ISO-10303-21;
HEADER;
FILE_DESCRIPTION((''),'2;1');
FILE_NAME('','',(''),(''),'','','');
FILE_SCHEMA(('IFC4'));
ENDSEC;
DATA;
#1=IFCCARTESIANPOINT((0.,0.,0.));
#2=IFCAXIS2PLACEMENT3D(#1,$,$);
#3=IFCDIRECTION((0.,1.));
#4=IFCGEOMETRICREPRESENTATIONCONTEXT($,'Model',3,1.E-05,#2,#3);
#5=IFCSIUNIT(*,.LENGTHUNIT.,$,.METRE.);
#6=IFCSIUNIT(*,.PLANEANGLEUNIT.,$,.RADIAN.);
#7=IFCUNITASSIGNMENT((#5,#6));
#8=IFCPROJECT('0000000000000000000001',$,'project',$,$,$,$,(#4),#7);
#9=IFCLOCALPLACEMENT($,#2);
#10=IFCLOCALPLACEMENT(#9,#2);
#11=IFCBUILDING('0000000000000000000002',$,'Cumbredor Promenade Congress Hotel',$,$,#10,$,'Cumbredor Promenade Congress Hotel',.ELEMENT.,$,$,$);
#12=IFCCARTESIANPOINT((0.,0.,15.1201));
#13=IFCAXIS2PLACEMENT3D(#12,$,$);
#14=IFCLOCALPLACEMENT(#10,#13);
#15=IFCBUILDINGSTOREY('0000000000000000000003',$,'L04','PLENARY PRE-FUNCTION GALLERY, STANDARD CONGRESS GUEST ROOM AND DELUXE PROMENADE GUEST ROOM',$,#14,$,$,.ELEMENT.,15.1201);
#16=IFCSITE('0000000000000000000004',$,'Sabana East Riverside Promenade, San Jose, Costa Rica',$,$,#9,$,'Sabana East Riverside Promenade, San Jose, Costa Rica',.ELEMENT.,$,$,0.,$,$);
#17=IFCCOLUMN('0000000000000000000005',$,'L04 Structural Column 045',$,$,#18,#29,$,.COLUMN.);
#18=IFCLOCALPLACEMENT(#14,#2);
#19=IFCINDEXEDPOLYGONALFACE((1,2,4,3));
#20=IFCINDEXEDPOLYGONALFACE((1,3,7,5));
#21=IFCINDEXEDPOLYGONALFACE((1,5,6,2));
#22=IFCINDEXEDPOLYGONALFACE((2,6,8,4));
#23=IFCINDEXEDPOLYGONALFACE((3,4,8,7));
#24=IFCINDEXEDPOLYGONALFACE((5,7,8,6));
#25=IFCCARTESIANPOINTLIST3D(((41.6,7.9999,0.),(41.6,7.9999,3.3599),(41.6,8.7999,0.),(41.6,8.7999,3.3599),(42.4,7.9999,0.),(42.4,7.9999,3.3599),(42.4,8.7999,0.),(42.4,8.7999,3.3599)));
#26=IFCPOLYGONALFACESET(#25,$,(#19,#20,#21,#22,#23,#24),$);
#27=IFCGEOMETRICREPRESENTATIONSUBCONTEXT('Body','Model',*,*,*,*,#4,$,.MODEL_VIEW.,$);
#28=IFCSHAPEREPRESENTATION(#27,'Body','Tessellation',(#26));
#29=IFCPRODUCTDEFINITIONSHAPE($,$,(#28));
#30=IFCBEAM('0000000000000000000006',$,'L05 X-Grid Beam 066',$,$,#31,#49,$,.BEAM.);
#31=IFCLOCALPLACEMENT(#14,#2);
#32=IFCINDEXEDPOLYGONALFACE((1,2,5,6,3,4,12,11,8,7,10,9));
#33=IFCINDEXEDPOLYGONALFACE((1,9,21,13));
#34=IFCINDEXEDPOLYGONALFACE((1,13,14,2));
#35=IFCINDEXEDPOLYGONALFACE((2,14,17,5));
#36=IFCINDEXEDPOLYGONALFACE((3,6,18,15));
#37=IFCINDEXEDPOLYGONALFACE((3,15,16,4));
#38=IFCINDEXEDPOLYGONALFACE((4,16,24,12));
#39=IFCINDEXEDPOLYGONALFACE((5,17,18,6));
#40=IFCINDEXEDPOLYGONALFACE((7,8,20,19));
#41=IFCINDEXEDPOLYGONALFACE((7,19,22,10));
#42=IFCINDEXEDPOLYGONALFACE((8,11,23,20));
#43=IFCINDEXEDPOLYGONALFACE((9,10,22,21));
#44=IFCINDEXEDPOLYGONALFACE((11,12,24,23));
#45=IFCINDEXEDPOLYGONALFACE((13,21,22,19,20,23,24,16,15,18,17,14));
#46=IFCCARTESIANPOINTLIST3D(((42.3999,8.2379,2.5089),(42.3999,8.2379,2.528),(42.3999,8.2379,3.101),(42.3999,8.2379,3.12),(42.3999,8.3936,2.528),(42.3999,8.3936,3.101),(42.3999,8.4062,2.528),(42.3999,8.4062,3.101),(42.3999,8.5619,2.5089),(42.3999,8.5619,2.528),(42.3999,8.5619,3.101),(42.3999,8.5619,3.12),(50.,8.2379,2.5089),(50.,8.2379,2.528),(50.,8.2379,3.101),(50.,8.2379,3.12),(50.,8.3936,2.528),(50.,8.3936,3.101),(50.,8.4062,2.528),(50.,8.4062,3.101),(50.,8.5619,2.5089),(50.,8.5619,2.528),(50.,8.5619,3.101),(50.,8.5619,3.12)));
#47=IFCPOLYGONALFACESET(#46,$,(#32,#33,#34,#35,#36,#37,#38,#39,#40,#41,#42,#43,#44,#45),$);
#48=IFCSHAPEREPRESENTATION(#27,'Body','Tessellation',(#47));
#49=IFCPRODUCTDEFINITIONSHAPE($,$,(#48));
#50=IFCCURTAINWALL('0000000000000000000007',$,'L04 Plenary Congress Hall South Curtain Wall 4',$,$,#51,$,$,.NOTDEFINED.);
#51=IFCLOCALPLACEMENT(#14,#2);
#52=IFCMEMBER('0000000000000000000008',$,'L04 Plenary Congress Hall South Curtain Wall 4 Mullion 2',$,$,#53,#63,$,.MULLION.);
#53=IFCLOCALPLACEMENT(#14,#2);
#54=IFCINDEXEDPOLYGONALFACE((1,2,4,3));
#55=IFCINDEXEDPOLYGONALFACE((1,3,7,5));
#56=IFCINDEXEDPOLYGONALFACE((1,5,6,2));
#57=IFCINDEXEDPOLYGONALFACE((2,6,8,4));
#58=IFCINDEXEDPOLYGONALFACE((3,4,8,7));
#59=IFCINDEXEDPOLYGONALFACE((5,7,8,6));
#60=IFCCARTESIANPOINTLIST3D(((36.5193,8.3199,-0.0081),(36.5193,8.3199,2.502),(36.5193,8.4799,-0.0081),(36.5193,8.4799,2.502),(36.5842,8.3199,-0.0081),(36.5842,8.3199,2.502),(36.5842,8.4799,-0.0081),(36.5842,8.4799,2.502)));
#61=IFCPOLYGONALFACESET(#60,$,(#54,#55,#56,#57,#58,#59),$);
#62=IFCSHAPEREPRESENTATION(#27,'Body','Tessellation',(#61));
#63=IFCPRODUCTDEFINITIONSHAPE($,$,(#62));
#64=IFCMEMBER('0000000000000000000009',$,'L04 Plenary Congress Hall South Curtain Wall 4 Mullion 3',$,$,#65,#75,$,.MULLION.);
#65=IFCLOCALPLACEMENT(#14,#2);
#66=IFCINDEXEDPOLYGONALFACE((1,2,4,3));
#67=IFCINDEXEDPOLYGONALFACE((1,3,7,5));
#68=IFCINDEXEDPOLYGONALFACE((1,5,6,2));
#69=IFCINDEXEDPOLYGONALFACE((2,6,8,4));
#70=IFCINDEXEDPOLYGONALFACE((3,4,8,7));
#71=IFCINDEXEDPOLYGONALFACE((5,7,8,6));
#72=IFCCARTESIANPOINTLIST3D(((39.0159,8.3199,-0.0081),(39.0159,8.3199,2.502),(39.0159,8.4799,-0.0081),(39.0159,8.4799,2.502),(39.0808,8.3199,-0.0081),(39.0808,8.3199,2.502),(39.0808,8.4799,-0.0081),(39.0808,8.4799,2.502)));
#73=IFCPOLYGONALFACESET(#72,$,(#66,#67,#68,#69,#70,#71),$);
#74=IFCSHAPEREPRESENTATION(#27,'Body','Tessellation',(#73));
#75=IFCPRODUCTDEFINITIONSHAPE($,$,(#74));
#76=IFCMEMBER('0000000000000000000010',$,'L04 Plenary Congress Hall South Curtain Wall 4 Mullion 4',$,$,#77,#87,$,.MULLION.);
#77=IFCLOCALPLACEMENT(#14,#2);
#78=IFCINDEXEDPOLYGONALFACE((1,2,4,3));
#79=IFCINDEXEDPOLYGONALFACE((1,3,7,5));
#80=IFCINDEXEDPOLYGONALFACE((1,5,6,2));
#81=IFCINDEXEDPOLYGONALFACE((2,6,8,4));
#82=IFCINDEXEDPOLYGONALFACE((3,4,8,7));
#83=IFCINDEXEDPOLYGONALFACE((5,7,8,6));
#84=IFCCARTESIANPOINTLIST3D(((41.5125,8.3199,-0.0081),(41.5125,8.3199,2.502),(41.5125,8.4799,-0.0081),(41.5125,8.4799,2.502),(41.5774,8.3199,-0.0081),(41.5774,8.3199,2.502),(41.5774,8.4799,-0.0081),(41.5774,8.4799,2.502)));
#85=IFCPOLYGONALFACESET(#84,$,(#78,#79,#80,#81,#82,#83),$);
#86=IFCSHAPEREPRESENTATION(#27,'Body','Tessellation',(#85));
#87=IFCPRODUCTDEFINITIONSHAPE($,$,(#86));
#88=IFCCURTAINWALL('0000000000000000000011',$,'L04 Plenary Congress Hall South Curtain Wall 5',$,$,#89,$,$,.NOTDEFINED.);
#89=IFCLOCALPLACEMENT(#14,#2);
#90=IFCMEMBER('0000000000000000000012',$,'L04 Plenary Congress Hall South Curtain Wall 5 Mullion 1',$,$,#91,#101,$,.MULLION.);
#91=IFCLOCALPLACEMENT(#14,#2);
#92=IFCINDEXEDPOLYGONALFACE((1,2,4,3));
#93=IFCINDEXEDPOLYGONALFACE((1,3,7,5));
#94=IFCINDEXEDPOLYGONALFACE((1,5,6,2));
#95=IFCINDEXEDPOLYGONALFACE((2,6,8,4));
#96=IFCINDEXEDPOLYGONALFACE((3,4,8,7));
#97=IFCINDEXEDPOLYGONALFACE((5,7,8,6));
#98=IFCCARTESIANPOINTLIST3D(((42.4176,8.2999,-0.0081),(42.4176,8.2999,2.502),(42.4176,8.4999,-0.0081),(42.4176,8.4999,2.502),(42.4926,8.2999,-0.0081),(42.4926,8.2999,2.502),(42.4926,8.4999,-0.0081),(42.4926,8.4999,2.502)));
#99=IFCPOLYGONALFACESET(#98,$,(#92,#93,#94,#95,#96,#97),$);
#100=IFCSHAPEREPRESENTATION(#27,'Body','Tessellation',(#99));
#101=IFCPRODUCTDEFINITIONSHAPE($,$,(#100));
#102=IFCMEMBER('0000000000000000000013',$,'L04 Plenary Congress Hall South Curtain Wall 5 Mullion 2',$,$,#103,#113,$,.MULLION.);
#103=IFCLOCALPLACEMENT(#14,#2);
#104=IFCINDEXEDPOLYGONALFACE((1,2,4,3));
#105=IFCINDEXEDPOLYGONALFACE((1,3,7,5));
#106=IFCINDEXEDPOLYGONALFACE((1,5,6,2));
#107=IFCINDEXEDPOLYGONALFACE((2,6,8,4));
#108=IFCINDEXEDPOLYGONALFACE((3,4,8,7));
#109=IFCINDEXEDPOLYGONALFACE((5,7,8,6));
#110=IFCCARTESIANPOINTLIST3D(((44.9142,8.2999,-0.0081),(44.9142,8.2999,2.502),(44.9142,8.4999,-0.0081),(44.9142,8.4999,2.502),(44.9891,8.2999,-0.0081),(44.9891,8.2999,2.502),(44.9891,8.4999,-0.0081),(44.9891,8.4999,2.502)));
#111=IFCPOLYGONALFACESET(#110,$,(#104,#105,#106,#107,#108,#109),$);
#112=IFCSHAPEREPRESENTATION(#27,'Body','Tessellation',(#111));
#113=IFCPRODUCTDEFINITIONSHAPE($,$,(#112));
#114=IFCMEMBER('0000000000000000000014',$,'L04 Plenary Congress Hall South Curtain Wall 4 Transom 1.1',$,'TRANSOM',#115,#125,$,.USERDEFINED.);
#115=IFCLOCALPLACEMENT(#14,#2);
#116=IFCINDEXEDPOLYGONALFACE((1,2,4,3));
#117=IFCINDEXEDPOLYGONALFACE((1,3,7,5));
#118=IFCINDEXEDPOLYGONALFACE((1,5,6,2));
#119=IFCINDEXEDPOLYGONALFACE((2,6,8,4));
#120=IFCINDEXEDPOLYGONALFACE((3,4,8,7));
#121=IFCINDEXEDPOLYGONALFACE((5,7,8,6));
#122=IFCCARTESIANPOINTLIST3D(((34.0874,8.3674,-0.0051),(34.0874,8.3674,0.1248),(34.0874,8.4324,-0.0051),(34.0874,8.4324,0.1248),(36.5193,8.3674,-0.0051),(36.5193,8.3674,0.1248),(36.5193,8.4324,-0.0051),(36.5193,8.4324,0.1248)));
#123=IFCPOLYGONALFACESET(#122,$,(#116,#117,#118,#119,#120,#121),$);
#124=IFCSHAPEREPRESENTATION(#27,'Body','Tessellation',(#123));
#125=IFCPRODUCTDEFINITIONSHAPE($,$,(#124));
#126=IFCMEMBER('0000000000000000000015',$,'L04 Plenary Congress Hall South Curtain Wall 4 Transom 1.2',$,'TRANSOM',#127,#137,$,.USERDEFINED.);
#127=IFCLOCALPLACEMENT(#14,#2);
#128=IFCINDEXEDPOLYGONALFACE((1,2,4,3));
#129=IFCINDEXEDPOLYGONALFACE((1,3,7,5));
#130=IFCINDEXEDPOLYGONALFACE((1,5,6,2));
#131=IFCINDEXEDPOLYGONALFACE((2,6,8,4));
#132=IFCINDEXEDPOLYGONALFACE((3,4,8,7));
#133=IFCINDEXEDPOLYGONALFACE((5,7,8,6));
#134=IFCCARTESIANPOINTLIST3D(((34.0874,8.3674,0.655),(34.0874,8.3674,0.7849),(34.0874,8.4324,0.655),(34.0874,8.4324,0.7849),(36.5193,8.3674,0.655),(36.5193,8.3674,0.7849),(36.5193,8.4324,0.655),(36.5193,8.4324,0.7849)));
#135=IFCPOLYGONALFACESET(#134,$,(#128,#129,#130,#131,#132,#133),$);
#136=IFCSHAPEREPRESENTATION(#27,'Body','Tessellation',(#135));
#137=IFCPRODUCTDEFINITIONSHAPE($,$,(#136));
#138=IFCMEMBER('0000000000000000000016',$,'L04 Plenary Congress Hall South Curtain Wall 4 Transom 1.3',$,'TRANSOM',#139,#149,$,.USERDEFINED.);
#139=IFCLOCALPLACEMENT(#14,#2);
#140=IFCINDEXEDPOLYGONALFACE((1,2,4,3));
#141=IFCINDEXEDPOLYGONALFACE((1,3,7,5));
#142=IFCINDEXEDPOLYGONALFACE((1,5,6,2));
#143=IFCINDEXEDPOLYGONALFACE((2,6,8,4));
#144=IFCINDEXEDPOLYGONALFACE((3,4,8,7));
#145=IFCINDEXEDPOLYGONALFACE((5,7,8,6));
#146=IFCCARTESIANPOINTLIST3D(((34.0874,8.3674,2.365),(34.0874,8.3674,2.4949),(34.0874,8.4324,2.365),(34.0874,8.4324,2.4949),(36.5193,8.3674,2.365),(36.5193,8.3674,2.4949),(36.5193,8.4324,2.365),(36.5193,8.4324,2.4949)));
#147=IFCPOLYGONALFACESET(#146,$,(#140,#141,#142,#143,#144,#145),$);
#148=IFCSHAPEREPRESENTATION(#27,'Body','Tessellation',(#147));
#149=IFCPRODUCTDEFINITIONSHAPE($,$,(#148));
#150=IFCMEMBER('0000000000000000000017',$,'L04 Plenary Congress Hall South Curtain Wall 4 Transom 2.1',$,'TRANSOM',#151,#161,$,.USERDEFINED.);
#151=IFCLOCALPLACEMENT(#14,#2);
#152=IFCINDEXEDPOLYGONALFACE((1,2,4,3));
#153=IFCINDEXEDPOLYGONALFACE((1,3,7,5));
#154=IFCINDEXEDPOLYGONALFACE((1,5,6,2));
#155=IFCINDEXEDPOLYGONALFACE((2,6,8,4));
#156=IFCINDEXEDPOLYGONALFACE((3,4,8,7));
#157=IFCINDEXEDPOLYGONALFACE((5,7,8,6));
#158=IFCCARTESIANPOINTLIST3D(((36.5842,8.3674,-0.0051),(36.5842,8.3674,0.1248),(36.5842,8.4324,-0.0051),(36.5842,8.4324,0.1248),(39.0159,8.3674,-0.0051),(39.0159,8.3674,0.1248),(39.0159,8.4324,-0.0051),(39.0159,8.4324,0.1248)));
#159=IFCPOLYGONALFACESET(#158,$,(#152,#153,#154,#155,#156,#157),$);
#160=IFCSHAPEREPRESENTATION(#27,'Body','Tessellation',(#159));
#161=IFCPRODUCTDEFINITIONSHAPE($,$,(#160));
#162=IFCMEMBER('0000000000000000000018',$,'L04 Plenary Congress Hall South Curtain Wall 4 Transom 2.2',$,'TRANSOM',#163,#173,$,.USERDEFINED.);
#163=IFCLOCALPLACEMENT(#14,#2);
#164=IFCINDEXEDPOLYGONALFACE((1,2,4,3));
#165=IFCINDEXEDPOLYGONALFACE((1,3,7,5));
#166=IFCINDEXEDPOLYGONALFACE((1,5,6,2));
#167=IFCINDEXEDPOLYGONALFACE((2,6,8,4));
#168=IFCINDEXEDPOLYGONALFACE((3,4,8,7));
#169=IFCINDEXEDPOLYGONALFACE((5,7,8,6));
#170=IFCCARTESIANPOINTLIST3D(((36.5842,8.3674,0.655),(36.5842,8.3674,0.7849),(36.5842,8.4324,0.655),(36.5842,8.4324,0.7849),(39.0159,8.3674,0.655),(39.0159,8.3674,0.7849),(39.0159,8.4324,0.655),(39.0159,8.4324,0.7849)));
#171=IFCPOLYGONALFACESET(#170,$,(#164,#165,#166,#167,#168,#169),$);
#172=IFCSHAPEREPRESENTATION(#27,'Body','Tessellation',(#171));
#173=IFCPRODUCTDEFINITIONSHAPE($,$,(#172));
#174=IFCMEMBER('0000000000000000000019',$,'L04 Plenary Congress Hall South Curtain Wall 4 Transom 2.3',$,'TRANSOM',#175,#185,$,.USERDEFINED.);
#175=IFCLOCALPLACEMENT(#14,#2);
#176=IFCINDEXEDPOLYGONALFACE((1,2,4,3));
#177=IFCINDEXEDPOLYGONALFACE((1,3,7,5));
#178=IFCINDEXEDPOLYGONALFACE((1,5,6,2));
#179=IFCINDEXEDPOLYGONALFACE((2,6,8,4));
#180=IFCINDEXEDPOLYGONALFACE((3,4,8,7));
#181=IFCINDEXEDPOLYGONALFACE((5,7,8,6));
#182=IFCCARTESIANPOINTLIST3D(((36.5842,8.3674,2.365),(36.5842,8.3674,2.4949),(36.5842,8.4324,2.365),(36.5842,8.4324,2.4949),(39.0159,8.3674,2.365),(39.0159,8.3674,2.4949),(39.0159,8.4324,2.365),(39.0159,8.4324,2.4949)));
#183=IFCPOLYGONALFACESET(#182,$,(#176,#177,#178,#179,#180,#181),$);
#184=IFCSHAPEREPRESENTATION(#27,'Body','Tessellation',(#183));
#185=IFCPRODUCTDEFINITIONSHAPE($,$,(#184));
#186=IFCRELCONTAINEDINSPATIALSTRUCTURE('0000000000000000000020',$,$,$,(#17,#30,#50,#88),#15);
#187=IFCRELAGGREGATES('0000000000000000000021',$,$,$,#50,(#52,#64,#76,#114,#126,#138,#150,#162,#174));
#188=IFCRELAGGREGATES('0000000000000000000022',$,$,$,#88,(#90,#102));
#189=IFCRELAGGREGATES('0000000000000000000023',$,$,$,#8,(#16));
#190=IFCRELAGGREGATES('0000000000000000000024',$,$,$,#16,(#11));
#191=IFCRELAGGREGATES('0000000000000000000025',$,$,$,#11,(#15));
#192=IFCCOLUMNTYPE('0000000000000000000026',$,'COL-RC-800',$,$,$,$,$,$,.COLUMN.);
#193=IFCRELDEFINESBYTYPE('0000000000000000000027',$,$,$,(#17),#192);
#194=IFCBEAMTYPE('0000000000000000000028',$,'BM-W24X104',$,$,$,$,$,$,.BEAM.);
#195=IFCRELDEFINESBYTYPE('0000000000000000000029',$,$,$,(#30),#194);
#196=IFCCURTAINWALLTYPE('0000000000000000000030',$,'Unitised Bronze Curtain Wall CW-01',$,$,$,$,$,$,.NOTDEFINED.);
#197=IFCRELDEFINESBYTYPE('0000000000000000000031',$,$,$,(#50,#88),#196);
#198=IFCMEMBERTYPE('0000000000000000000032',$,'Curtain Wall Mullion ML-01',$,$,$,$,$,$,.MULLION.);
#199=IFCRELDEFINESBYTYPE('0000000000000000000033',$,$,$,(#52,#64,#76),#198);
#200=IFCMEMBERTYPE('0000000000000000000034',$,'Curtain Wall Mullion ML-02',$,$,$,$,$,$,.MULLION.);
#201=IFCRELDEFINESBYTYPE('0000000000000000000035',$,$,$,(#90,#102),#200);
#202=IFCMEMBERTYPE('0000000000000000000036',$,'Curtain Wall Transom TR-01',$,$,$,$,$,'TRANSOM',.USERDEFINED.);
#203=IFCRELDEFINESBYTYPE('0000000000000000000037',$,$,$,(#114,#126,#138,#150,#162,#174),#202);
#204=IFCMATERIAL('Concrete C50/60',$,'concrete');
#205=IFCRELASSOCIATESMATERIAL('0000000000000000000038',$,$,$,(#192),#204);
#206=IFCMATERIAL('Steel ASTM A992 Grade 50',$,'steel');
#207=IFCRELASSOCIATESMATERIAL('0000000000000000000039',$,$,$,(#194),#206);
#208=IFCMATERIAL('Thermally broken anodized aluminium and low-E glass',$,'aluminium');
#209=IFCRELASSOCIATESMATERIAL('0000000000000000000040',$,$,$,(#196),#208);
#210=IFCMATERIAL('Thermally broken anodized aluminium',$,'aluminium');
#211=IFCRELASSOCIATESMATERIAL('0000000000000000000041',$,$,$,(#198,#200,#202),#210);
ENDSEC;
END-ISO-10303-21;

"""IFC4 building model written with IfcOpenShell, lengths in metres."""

from ifc_helpers import new_model, si_unit, direction, frame, origin, origin_2d, place, context, subcontext, project, spatial, rectangle, i_section, extrude, material, material_profile, profile_set, type_object, element, aggregate, save


model = new_model("IFC4")

# Units and contexts
model_context = context("Model", 3, precision=1e-05, world=origin(), true_north=direction((0.0, 1.0)))
body_context = subcontext(model_context, "Body", "Model", "MODEL_VIEW")
ifc_project = project(units=[si_unit("LENGTHUNIT", "METRE"), si_unit("PLANEANGLEUNIT", "RADIAN")], contexts=[model_context])

# Site, building, storey
site_placement = place(None, origin())
site = spatial("IfcSite", under=ifc_project, at=site_placement, Name="Sabana East Riverside Promenade, San Jose, Costa Rica", LongName="Sabana East Riverside Promenade, San Jose, Costa Rica", CompositionType="ELEMENT", RefElevation=0.0)
building_placement = place(site_placement, origin())
building = spatial("IfcBuilding", under=site, at=building_placement, Name="Cumbredor Promenade Congress Hotel", LongName="Cumbredor Promenade Congress Hotel", CompositionType="ELEMENT")
storey_placement = place(building_placement, frame((0.0, 0.0, 15.1201)))
storey = spatial("IfcBuildingStorey", under=building, at=storey_placement, Name="L04", Description="PLENARY PRE-FUNCTION GALLERY, STANDARD CONGRESS GUEST ROOM AND DELUXE PROMENADE GUEST ROOM", CompositionType="ELEMENT", Elevation=15.1201)

# Column
ifc_material_1 = material(Name="Concrete C50/60", Category="concrete")
ifc_material_profile_1 = material_profile(ifc_material_1, rectangle(XDim=0.8, YDim=0.8, at=origin_2d()), Name="RC 800x800")
ifc_profile_set_1 = profile_set([ifc_material_profile_1], Name="Concrete C50/60")
column_type = type_object("IfcColumnType", Name="COL-RC-800", PredefinedType="COLUMN", material=ifc_profile_set_1)
column_placement = place(storey_placement, frame((42.0, 8.3999, 0.0), z_axis=(0.0, 0.0, 1.0), x_axis=(1.0, 0.0, 0.0)))
element("IfcColumn", 1, at=column_placement, inside=storey, type_object=column_type, Name="L04 Structural Column 045", PredefinedType="COLUMN", context=body_context, shape_type="SweptSolid", body=[
    extrude(rectangle(XDim=0.8, YDim=0.8, at=origin_2d()), origin(), (0.0, 0.0, 1.0), 3.3599),
])

# Beam
ifc_material_2 = material(Name="Steel ASTM A992 Grade 50", Category="steel")
ifc_material_profile_2 = material_profile(ifc_material_2, i_section(OverallWidth=0.324, OverallDepth=0.6111, WebThickness=0.0127, FlangeThickness=0.019, at=origin_2d()), Name="W24X104")
ifc_profile_set_2 = profile_set([ifc_material_profile_2], Name="Steel ASTM A992 Grade 50")
beam_type = type_object("IfcBeamType", Name="BM-W24X104", PredefinedType="BEAM", material=ifc_profile_set_2)
beam_placement = place(storey_placement, frame((42.3999, 8.3999, 2.8145), z_axis=(1.0, 0.0, 0.0), x_axis=(0.0, 1.0, 0.0)))
element("IfcBeam", 2, at=beam_placement, inside=storey, type_object=beam_type, Name="L05 X-Grid Beam 066", PredefinedType="BEAM", context=body_context, shape_type="SweptSolid", body=[
    extrude(i_section(OverallWidth=0.324, OverallDepth=0.6111, WebThickness=0.0127, FlangeThickness=0.019, at=origin_2d()), origin(), (0.0, 0.0, 1.0), 7.6001),
])

# Curtain walls, members
ifc_material_3 = material(Name="Thermally broken anodized aluminium and low-E glass", Category="aluminium")
curtain_wall_type_1 = type_object("IfcCurtainWallType", Name="Unitised Bronze Curtain Wall CW-01", PredefinedType="NOTDEFINED", material=ifc_material_3)
curtain_wall_1_placement = place(storey_placement, origin())
curtain_wall_1 = element("IfcCurtainWall", 3, at=curtain_wall_1_placement, inside=storey, type_object=curtain_wall_type_1, Name="L04 Plenary Congress Hall South Curtain Wall 4", PredefinedType="NOTDEFINED")
ifc_material_4 = material(Name="Thermally broken anodized aluminium", Category="aluminium")
ifc_material_profile_3 = material_profile(ifc_material_4, rectangle(XDim=0.0649, YDim=0.1599, at=origin_2d()), Name="ALU MULLION 65x160")
ifc_profile_set_3 = profile_set([ifc_material_profile_3], Name="Thermally broken anodized aluminium")
member_type_1 = type_object("IfcMemberType", Name="Curtain Wall Mullion ML-01", PredefinedType="MULLION", material=ifc_profile_set_3)
member_1_placement = place(storey_placement, frame((36.5518, 8.3999, -0.0081), z_axis=(0.0, 0.0, 1.0), x_axis=(1.0, 0.0, 0.0)))
member_1 = element("IfcMember", 4, at=member_1_placement, type_object=member_type_1, Name="L04 Plenary Congress Hall South Curtain Wall 4 Mullion 2", PredefinedType="MULLION", context=body_context, shape_type="SweptSolid", body=[
    extrude(rectangle(XDim=0.0649, YDim=0.1599, at=origin_2d()), origin(), (0.0, 0.0, 1.0), 2.51),
])
member_2_placement = place(storey_placement, frame((39.0483, 8.3999, -0.0081), z_axis=(0.0, 0.0, 1.0), x_axis=(1.0, 0.0, 0.0)))
member_2 = element("IfcMember", 5, at=member_2_placement, type_object=member_type_1, Name="L04 Plenary Congress Hall South Curtain Wall 4 Mullion 3", PredefinedType="MULLION", context=body_context, shape_type="SweptSolid", body=[
    extrude(rectangle(XDim=0.0649, YDim=0.1599, at=origin_2d()), origin(), (0.0, 0.0, 1.0), 2.51),
])
member_3_placement = place(storey_placement, frame((41.5449, 8.3999, -0.0081), z_axis=(0.0, 0.0, 1.0), x_axis=(1.0, 0.0, 0.0)))
member_3 = element("IfcMember", 6, at=member_3_placement, type_object=member_type_1, Name="L04 Plenary Congress Hall South Curtain Wall 4 Mullion 4", PredefinedType="MULLION", context=body_context, shape_type="SweptSolid", body=[
    extrude(rectangle(XDim=0.0649, YDim=0.1599, at=origin_2d()), origin(), (0.0, 0.0, 1.0), 2.51),
])
curtain_wall_2_placement = place(storey_placement, origin())
curtain_wall_2 = element("IfcCurtainWall", 7, at=curtain_wall_2_placement, inside=storey, type_object=curtain_wall_type_1, Name="L04 Plenary Congress Hall South Curtain Wall 5", PredefinedType="NOTDEFINED")
ifc_material_profile_4 = material_profile(ifc_material_4, rectangle(XDim=0.075, YDim=0.2, at=origin_2d()), Name="ALU MULLION 75x200")
ifc_profile_set_4 = profile_set([ifc_material_profile_4], Name="Thermally broken anodized aluminium")
member_type_2 = type_object("IfcMemberType", Name="Curtain Wall Mullion ML-02", PredefinedType="MULLION", material=ifc_profile_set_4)
member_4_placement = place(storey_placement, frame((42.4551, 8.3999, -0.0081), z_axis=(0.0, 0.0, 1.0), x_axis=(1.0, 0.0, 0.0)))
member_4 = element("IfcMember", 8, at=member_4_placement, type_object=member_type_2, Name="L04 Plenary Congress Hall South Curtain Wall 5 Mullion 1", PredefinedType="MULLION", context=body_context, shape_type="SweptSolid", body=[
    extrude(rectangle(XDim=0.075, YDim=0.2, at=origin_2d()), origin(), (0.0, 0.0, 1.0), 2.51),
])
member_5_placement = place(storey_placement, frame((44.9517, 8.3999, -0.0081), z_axis=(0.0, 0.0, 1.0), x_axis=(1.0, 0.0, 0.0)))
member_5 = element("IfcMember", 9, at=member_5_placement, type_object=member_type_2, Name="L04 Plenary Congress Hall South Curtain Wall 5 Mullion 2", PredefinedType="MULLION", context=body_context, shape_type="SweptSolid", body=[
    extrude(rectangle(XDim=0.075, YDim=0.2, at=origin_2d()), origin(), (0.0, 0.0, 1.0), 2.51),
])

# Members
ifc_material_profile_5 = material_profile(ifc_material_4, rectangle(XDim=0.0649, YDim=0.1299, at=origin_2d()), Name="ALU TRANSOM 65x130")
ifc_profile_set_5 = profile_set([ifc_material_profile_5], Name="Thermally broken anodized aluminium")
member_type_3 = type_object("IfcMemberType", Name="Curtain Wall Transom TR-01", ElementType="TRANSOM", PredefinedType="USERDEFINED", material=ifc_profile_set_5)
member_6_placement = place(storey_placement, frame((34.0874, 8.3999, 0.0598), z_axis=(1.0, 0.0, 0.0), x_axis=(0.0, 1.0, 0.0)))
member_6 = element("IfcMember", 10, at=member_6_placement, type_object=member_type_3, Name="L04 Plenary Congress Hall South Curtain Wall 4 Transom 1.1", ObjectType="TRANSOM", PredefinedType="USERDEFINED", context=body_context, shape_type="SweptSolid", body=[
    extrude(rectangle(XDim=0.0649, YDim=0.1299, at=origin_2d()), origin(), (0.0, 0.0, 1.0), 2.4319),
])
member_7_placement = place(storey_placement, frame((34.0874, 8.3999, 0.72), z_axis=(1.0, 0.0, 0.0), x_axis=(0.0, 1.0, 0.0)))
member_7 = element("IfcMember", 11, at=member_7_placement, type_object=member_type_3, Name="L04 Plenary Congress Hall South Curtain Wall 4 Transom 1.2", ObjectType="TRANSOM", PredefinedType="USERDEFINED", context=body_context, shape_type="SweptSolid", body=[
    extrude(rectangle(XDim=0.0649, YDim=0.1299, at=origin_2d()), origin(), (0.0, 0.0, 1.0), 2.4319),
])
member_8_placement = place(storey_placement, frame((34.0874, 8.3999, 2.4299), z_axis=(1.0, 0.0, 0.0), x_axis=(0.0, 1.0, 0.0)))
member_8 = element("IfcMember", 12, at=member_8_placement, type_object=member_type_3, Name="L04 Plenary Congress Hall South Curtain Wall 4 Transom 1.3", ObjectType="TRANSOM", PredefinedType="USERDEFINED", context=body_context, shape_type="SweptSolid", body=[
    extrude(rectangle(XDim=0.0649, YDim=0.1299, at=origin_2d()), origin(), (0.0, 0.0, 1.0), 2.4319),
])
member_9_placement = place(storey_placement, frame((36.5842, 8.3999, 0.0598), z_axis=(1.0, 0.0, 0.0), x_axis=(0.0, 1.0, 0.0)))
member_9 = element("IfcMember", 13, at=member_9_placement, type_object=member_type_3, Name="L04 Plenary Congress Hall South Curtain Wall 4 Transom 2.1", ObjectType="TRANSOM", PredefinedType="USERDEFINED", context=body_context, shape_type="SweptSolid", body=[
    extrude(rectangle(XDim=0.0649, YDim=0.1299, at=origin_2d()), origin(), (0.0, 0.0, 1.0), 2.4316),
])
member_10_placement = place(storey_placement, frame((36.5842, 8.3999, 0.72), z_axis=(1.0, 0.0, 0.0), x_axis=(0.0, 1.0, 0.0)))
member_10 = element("IfcMember", 14, at=member_10_placement, type_object=member_type_3, Name="L04 Plenary Congress Hall South Curtain Wall 4 Transom 2.2", ObjectType="TRANSOM", PredefinedType="USERDEFINED", context=body_context, shape_type="SweptSolid", body=[
    extrude(rectangle(XDim=0.0649, YDim=0.1299, at=origin_2d()), origin(), (0.0, 0.0, 1.0), 2.4316),
])
member_11_placement = place(storey_placement, frame((36.5842, 8.3999, 2.4299), z_axis=(1.0, 0.0, 0.0), x_axis=(0.0, 1.0, 0.0)))
member_11 = element("IfcMember", 15, at=member_11_placement, type_object=member_type_3, Name="L04 Plenary Congress Hall South Curtain Wall 4 Transom 2.3", ObjectType="TRANSOM", PredefinedType="USERDEFINED", context=body_context, shape_type="SweptSolid", body=[
    extrude(rectangle(XDim=0.0649, YDim=0.1299, at=origin_2d()), origin(), (0.0, 0.0, 1.0), 2.4316),
])

aggregate(curtain_wall_1, [member_1, member_2, member_3, member_6, member_7, member_8, member_9, member_10, member_11])
aggregate(curtain_wall_2, [member_4, member_5])

save(model, "model.ifc")
